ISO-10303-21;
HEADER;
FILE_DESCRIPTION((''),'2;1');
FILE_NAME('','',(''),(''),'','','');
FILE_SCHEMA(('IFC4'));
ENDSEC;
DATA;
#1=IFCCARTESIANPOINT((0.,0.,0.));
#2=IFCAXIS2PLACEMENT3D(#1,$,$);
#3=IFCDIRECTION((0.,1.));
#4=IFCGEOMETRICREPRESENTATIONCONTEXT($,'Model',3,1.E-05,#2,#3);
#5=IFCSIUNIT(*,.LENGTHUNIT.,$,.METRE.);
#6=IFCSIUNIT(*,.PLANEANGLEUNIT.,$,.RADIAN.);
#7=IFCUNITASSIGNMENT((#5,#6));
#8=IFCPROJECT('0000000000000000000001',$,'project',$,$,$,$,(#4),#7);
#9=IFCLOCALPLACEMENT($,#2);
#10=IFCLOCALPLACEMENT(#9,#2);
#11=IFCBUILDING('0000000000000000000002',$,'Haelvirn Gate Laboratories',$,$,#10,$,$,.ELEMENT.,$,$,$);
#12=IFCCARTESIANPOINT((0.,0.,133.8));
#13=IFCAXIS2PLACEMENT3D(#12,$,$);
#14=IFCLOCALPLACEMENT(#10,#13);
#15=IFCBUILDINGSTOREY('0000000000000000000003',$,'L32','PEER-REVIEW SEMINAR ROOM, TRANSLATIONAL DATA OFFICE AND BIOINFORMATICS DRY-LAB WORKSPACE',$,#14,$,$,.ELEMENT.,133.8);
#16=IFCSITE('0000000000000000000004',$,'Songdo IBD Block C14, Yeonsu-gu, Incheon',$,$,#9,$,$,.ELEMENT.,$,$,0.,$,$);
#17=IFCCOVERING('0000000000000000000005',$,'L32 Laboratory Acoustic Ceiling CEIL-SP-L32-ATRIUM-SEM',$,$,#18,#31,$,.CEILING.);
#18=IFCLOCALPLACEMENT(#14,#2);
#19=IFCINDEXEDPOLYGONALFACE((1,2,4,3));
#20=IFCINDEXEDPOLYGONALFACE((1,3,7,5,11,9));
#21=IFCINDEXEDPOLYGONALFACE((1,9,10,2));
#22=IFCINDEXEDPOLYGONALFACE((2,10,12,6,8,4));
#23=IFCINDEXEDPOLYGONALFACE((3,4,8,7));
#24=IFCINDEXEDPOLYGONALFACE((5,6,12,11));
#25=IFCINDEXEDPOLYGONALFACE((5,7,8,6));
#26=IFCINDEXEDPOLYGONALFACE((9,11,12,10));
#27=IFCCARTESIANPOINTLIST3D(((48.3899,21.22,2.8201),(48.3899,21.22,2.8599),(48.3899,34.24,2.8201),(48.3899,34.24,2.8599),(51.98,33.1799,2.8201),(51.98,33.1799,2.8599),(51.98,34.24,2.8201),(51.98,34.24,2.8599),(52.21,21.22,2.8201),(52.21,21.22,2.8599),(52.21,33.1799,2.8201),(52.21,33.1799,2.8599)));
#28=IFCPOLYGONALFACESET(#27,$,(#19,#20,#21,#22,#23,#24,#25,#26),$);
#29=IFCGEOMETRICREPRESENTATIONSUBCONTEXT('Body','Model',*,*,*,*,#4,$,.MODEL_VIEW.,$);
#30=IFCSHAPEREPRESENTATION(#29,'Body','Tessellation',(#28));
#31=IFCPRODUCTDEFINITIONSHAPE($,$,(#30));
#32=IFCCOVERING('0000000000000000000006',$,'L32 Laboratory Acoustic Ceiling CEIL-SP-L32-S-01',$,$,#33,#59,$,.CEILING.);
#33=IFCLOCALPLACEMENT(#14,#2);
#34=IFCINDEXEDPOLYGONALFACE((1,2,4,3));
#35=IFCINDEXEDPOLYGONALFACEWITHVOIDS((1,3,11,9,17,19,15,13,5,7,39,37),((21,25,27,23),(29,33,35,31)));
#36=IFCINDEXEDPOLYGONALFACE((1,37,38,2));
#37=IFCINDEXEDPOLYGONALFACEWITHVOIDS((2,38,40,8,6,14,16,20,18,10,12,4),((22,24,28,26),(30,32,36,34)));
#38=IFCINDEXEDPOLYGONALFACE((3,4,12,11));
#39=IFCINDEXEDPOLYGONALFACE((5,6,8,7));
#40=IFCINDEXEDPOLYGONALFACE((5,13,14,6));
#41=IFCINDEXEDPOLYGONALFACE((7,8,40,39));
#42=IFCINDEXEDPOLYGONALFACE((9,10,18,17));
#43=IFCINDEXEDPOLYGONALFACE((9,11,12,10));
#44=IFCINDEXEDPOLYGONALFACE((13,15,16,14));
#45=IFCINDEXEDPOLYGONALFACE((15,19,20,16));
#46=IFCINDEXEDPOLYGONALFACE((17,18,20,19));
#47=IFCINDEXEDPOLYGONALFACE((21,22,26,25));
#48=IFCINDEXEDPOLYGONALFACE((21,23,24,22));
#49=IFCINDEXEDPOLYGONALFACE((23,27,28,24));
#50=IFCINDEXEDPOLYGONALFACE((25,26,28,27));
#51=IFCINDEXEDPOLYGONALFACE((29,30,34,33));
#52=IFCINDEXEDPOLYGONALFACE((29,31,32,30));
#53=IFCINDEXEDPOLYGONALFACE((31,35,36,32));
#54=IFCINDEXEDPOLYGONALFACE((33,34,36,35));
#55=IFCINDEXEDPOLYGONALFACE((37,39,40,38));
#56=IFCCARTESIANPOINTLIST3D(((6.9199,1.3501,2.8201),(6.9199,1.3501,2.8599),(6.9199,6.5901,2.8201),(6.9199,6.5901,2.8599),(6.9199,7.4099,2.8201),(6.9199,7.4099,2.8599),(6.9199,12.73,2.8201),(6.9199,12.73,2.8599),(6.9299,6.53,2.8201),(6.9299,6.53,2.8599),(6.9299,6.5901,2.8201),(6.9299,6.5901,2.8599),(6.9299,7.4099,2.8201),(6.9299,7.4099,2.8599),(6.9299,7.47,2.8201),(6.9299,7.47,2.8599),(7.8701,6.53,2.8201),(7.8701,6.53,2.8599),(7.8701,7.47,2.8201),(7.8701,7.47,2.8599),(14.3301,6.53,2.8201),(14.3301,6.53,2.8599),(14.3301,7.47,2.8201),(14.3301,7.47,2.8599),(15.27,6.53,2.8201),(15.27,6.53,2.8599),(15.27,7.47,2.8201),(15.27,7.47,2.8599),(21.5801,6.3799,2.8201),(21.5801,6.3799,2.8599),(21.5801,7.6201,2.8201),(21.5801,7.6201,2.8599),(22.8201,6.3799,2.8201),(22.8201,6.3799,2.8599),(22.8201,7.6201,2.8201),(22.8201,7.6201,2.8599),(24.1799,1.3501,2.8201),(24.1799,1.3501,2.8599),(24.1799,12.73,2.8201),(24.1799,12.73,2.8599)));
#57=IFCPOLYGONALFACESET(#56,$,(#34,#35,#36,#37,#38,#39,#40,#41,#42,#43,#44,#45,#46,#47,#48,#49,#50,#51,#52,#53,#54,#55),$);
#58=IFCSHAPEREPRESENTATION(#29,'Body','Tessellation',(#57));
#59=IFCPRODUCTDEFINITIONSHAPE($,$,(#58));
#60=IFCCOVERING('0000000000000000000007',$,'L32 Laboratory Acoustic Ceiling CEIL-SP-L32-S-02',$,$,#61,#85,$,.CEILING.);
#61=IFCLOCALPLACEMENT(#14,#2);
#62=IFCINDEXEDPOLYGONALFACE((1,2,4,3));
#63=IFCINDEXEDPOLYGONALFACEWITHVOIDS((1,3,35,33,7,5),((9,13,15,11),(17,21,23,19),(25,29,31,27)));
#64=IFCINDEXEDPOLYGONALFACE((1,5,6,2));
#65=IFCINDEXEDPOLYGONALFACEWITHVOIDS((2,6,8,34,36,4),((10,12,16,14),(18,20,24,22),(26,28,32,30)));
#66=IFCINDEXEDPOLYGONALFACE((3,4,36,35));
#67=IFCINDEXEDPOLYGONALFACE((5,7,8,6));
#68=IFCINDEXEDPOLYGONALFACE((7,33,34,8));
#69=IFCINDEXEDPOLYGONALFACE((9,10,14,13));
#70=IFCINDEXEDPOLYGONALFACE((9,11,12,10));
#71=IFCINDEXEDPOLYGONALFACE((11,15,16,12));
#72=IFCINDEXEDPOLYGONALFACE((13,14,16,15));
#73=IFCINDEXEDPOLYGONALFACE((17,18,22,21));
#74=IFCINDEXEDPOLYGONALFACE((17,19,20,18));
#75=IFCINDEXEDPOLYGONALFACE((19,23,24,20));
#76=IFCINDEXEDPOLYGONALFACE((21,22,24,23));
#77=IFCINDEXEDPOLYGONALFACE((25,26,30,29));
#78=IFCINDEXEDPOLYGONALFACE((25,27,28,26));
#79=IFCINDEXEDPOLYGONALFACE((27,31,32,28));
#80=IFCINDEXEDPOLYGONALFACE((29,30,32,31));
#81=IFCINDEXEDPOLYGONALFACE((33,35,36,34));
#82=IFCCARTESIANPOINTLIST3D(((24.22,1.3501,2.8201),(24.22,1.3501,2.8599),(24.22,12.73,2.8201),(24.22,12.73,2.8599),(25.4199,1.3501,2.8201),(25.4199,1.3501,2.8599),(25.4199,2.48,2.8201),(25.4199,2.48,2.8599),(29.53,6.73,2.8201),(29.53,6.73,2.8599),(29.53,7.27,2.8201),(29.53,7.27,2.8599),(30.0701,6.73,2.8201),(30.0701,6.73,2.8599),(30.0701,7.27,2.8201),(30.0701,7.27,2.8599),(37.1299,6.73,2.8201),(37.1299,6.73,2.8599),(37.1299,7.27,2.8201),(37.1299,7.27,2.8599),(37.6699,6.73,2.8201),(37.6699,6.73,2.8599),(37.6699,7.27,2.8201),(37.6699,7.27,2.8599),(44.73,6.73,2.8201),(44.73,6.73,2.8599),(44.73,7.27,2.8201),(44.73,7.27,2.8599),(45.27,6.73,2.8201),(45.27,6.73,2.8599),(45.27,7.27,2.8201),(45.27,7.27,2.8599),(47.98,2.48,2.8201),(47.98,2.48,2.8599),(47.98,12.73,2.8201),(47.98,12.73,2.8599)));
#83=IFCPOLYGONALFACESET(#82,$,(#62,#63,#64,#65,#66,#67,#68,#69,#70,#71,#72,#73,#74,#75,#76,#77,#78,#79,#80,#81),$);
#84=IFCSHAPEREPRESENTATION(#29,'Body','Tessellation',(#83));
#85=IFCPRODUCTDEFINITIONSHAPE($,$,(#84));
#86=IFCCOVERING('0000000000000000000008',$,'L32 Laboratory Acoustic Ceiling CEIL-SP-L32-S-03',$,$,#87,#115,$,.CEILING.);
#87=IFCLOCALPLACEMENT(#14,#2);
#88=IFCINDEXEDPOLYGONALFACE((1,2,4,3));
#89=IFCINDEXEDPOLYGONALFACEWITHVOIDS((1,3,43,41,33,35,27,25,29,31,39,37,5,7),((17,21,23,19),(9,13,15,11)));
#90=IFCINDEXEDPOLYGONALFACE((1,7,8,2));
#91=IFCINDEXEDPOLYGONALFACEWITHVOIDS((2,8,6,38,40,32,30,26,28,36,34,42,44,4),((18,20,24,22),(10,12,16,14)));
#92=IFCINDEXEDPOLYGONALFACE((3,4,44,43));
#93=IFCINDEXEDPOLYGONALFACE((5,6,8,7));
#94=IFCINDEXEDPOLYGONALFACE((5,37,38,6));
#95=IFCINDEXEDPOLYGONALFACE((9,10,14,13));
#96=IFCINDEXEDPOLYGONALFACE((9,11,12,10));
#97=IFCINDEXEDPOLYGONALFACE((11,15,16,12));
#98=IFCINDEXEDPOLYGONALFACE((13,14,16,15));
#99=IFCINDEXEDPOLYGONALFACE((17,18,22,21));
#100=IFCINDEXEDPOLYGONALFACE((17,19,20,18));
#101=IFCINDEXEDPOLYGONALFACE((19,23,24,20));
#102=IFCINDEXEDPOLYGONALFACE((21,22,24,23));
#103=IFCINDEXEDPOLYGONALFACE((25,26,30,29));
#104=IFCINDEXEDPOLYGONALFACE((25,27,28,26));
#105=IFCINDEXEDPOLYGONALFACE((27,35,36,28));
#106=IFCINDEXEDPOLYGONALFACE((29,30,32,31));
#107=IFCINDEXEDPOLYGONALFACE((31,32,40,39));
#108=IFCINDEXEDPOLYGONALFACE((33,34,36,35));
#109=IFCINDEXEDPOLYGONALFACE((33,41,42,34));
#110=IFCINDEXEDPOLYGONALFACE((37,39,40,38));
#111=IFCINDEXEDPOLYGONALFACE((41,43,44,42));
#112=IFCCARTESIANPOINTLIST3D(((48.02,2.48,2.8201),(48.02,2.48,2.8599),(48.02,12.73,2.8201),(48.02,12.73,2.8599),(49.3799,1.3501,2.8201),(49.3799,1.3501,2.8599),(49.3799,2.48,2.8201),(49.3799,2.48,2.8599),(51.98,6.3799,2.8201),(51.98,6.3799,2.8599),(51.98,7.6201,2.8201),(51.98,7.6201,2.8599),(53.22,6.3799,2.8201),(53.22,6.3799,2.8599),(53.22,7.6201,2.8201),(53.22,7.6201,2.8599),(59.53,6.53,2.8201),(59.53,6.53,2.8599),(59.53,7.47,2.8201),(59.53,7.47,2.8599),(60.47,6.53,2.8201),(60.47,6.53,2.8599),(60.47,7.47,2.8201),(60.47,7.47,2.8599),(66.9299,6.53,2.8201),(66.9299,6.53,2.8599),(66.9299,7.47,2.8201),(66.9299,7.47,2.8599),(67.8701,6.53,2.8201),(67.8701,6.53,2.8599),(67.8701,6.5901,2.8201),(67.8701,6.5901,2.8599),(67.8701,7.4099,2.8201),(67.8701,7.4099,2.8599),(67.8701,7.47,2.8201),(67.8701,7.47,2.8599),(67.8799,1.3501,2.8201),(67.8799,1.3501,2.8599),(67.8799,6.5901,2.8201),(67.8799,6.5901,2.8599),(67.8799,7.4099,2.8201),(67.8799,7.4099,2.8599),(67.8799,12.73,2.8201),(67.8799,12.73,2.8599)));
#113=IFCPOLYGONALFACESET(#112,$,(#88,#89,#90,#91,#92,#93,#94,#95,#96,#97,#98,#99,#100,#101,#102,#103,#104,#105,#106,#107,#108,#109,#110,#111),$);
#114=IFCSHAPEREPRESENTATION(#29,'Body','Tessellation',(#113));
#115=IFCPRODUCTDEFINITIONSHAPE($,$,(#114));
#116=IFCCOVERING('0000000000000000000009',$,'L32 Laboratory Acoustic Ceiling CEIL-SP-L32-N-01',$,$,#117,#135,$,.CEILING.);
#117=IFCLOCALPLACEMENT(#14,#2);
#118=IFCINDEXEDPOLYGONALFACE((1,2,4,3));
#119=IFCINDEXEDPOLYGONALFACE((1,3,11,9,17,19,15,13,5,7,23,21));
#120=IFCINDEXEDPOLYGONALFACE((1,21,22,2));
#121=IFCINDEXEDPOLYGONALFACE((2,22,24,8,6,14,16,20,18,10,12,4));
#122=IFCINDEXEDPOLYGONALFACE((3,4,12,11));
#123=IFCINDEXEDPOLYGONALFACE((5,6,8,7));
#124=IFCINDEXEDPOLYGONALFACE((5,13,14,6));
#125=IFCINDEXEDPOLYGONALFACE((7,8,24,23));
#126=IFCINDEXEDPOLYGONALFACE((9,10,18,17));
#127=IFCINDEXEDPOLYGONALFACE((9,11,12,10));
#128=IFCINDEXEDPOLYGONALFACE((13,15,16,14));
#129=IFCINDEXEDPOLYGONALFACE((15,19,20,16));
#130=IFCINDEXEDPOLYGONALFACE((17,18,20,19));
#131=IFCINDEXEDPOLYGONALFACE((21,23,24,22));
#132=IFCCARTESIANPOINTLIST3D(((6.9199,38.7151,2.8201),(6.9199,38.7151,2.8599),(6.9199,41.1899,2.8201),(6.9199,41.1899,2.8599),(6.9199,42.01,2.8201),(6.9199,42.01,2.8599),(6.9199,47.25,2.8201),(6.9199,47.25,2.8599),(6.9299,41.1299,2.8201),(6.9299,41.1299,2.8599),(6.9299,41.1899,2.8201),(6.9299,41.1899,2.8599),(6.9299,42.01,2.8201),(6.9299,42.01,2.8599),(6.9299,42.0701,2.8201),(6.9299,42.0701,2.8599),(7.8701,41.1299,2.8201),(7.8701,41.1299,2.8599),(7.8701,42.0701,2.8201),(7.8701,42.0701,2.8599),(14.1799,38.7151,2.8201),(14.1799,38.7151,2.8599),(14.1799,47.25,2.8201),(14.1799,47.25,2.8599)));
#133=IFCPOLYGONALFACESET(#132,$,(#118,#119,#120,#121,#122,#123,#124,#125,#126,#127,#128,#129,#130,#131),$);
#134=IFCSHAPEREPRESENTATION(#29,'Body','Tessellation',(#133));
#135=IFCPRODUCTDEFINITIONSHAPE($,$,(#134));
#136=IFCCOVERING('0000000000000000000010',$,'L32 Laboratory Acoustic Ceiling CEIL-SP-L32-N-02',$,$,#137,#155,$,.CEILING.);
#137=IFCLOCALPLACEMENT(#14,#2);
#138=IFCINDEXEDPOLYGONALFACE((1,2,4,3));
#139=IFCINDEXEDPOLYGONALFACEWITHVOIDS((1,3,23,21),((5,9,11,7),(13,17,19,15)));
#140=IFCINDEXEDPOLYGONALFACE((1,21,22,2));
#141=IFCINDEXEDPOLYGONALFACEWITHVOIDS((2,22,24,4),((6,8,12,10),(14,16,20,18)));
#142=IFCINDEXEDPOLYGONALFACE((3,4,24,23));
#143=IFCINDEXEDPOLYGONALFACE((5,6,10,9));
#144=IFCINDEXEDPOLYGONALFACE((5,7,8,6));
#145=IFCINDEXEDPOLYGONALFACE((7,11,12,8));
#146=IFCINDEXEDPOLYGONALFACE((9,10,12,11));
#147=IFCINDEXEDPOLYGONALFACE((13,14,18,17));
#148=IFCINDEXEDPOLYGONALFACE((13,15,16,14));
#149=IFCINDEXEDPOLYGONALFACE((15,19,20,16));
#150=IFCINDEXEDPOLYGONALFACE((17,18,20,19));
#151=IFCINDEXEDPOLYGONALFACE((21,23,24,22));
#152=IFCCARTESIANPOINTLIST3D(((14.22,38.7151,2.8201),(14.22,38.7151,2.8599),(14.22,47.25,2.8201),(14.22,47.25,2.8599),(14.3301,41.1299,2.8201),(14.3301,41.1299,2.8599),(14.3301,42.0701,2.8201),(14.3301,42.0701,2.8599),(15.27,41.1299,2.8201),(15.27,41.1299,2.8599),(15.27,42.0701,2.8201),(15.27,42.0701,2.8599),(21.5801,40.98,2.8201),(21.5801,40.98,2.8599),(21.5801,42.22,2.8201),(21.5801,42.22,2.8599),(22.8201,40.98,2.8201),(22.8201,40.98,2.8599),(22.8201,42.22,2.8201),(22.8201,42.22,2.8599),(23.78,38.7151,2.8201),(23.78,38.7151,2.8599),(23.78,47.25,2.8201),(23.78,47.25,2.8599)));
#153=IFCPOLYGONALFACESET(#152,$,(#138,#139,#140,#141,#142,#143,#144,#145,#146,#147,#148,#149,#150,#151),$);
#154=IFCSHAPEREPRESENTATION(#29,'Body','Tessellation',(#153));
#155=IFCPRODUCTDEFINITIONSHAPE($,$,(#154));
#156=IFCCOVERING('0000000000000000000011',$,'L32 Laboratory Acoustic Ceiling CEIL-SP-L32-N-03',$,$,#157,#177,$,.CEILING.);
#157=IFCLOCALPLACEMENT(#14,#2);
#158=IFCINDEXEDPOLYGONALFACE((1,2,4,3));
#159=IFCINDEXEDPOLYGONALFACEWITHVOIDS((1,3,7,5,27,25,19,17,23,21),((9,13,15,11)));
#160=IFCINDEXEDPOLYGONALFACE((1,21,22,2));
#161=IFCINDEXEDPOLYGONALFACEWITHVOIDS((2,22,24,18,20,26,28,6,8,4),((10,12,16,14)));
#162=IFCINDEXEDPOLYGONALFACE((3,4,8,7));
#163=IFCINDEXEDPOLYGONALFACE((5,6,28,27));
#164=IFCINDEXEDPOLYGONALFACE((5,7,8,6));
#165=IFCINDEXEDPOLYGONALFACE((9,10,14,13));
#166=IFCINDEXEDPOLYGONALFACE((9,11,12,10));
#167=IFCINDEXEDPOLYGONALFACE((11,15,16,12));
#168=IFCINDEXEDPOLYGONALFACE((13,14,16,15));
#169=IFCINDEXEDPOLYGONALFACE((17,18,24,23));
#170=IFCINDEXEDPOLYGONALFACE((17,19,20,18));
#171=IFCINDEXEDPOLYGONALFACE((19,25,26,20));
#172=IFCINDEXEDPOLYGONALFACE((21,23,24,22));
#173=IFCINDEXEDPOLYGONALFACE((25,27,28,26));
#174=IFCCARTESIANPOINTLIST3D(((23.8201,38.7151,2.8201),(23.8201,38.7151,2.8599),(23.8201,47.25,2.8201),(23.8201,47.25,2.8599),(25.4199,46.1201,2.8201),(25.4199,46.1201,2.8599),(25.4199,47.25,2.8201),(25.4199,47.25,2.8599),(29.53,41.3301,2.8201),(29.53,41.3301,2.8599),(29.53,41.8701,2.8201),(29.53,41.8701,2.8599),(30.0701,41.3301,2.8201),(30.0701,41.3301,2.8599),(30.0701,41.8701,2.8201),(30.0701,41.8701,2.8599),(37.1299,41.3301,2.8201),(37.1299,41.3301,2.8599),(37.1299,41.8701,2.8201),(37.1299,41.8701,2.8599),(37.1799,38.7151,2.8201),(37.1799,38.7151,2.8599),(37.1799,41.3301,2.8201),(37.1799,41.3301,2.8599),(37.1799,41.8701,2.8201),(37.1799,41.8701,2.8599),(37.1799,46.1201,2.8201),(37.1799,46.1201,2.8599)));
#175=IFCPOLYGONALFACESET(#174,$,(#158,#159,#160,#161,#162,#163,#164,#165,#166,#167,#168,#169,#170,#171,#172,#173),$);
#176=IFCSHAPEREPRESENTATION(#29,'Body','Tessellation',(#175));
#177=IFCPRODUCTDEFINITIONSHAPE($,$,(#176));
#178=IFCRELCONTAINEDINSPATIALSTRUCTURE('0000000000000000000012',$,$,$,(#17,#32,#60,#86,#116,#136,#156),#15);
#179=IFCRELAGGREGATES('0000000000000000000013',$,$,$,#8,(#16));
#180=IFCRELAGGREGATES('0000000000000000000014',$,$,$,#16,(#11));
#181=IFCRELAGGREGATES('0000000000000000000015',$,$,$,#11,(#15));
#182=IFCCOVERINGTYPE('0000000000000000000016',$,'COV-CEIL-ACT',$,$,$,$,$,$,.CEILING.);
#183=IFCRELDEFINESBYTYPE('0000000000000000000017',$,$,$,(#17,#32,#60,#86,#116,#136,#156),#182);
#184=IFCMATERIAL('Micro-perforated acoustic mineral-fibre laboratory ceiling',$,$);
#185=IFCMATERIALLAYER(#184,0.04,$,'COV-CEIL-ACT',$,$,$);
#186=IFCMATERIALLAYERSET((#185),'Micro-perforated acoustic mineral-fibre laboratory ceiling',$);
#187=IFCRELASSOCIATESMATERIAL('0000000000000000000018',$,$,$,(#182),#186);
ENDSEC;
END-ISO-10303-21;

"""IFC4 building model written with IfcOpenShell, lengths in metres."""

from ifc_helpers import new_model, si_unit, direction, frame, origin, place, context, subcontext, project, spatial, polyline, outline, extrude, material, layer, layer_set, type_object, element, save


model = new_model("IFC4")

# Units and contexts
model_context = context("Model", 3, precision=1e-05, world=origin(), true_north=direction((0.0, 1.0)))
body_context = subcontext(model_context, "Body", "Model", "MODEL_VIEW")
ifc_project = project(units=[si_unit("LENGTHUNIT", "METRE"), si_unit("PLANEANGLEUNIT", "RADIAN")], contexts=[model_context])

# Site, building, storey
site_placement = place(None, origin())
site = spatial("IfcSite", under=ifc_project, at=site_placement, Name="Songdo IBD Block C14, Yeonsu-gu, Incheon", CompositionType="ELEMENT", RefElevation=0.0)
building_placement = place(site_placement, origin())
building = spatial("IfcBuilding", under=site, at=building_placement, Name="Haelvirn Gate Laboratories", CompositionType="ELEMENT")
storey_placement = place(building_placement, frame((0.0, 0.0, 133.8)))
storey = spatial("IfcBuildingStorey", under=building, at=storey_placement, Name="L32", Description="PEER-REVIEW SEMINAR ROOM, TRANSLATIONAL DATA OFFICE AND BIOINFORMATICS DRY-LAB WORKSPACE", CompositionType="ELEMENT", Elevation=133.8)

# Coverings
ifc_material_1 = material(Name="Micro-perforated acoustic mineral-fibre laboratory ceiling")
ifc_layer_1 = layer(ifc_material_1, 0.04, Name="COV-CEIL-ACT")
ifc_layer_set_1 = layer_set([ifc_layer_1], Name="Micro-perforated acoustic mineral-fibre laboratory ceiling")
covering_type = type_object("IfcCoveringType", Name="COV-CEIL-ACT", PredefinedType="CEILING", material=ifc_layer_set_1)
covering_1_placement = place(storey_placement, frame((0.0, 0.0, 2.8201)))
element("IfcCovering", 1, at=covering_1_placement, inside=storey, type_object=covering_type, Name="L32 Laboratory Acoustic Ceiling CEIL-SP-L32-ATRIUM-SEM", PredefinedType="CEILING", context=body_context, shape_type="SweptSolid", body=[
    extrude(outline(polyline([(52.21, 21.22), (48.3899, 21.22), (48.3899, 34.24), (51.98, 34.24), (51.98, 33.1799), (52.21, 33.1799), (52.21, 21.22)])), origin(), (0.0, 0.0, 1.0), 0.0398),
])
covering_2_placement = place(storey_placement, frame((0.0, 0.0, 2.8201)))
element("IfcCovering", 2, at=covering_2_placement, inside=storey, type_object=covering_type, Name="L32 Laboratory Acoustic Ceiling CEIL-SP-L32-S-01", PredefinedType="CEILING", context=body_context, shape_type="SweptSolid", body=[
    extrude(outline(polyline([(6.9199, 7.4099), (6.9199, 12.73), (24.1799, 12.73), (24.1799, 1.3501), (6.9199, 1.3501), (6.9199, 6.5901), (6.9299, 6.5901), (6.9299, 6.53), (7.8701, 6.53), (7.8701, 7.47), (6.9299, 7.47), (6.9299, 7.4099), (6.9199, 7.4099)]), holes=[polyline([(14.3301, 6.53), (15.27, 6.53), (15.27, 7.47), (14.3301, 7.47), (14.3301, 6.53)]), polyline([(21.5801, 7.6201), (21.5801, 6.3799), (22.8201, 6.3799), (22.8201, 7.6201), (21.5801, 7.6201)])]), origin(), (0.0, 0.0, 1.0), 0.0398),
])
covering_3_placement = place(storey_placement, frame((0.0, 0.0, 2.8201)))
element("IfcCovering", 3, at=covering_3_placement, inside=storey, type_object=covering_type, Name="L32 Laboratory Acoustic Ceiling CEIL-SP-L32-S-02", PredefinedType="CEILING", context=body_context, shape_type="SweptSolid", body=[
    extrude(outline(polyline([(24.22, 12.73), (47.98, 12.73), (47.98, 2.48), (25.4199, 2.48), (25.4199, 1.3501), (24.22, 1.3501), (24.22, 12.73)]), holes=[polyline([(29.53, 6.73), (30.0701, 6.73), (30.0701, 7.27), (29.53, 7.27), (29.53, 6.73)]), polyline([(37.1299, 7.27), (37.1299, 6.73), (37.6699, 6.73), (37.6699, 7.27), (37.1299, 7.27)]), polyline([(45.27, 7.27), (44.73, 7.27), (44.73, 6.73), (45.27, 6.73), (45.27, 7.27)])]), origin(), (0.0, 0.0, 1.0), 0.0398),
])
covering_4_placement = place(storey_placement, frame((0.0, 0.0, 2.8201)))
element("IfcCovering", 4, at=covering_4_placement, inside=storey, type_object=covering_type, Name="L32 Laboratory Acoustic Ceiling CEIL-SP-L32-S-03", PredefinedType="CEILING", context=body_context, shape_type="SweptSolid", body=[
    extrude(outline(polyline([(67.8799, 12.73), (67.8799, 7.4099), (67.8701, 7.4099), (67.8701, 7.47), (66.9299, 7.47), (66.9299, 6.53), (67.8701, 6.53), (67.8701, 6.5901), (67.8799, 6.5901), (67.8799, 1.3501), (49.3799, 1.3501), (49.3799, 2.48), (48.02, 2.48), (48.02, 12.73), (67.8799, 12.73)]), holes=[polyline([(51.98, 6.3799), (53.22, 6.3799), (53.22, 7.6201), (51.98, 7.6201), (51.98, 6.3799)]), polyline([(59.53, 7.47), (59.53, 6.53), (60.47, 6.53), (60.47, 7.47), (59.53, 7.47)])]), origin(), (0.0, 0.0, 1.0), 0.0398),
])
covering_5_placement = place(storey_placement, frame((0.0, 0.0, 2.8201)))
element("IfcCovering", 5, at=covering_5_placement, inside=storey, type_object=covering_type, Name="L32 Laboratory Acoustic Ceiling CEIL-SP-L32-N-01", PredefinedType="CEILING", context=body_context, shape_type="SweptSolid", body=[
    extrude(outline(polyline([(6.9199, 42.01), (6.9199, 47.25), (14.1799, 47.25), (14.1799, 38.7151), (6.9199, 38.7151), (6.9199, 41.1899), (6.9299, 41.1899), (6.9299, 41.1299), (7.8701, 41.1299), (7.8701, 42.0701), (6.9299, 42.0701), (6.9299, 42.01), (6.9199, 42.01)])), origin(), (0.0, 0.0, 1.0), 0.0398),
])
covering_6_placement = place(storey_placement, frame((0.0, 0.0, 2.8201)))
element("IfcCovering", 6, at=covering_6_placement, inside=storey, type_object=covering_type, Name="L32 Laboratory Acoustic Ceiling CEIL-SP-L32-N-02", PredefinedType="CEILING", context=body_context, shape_type="SweptSolid", body=[
    extrude(outline(polyline([(14.22, 47.25), (23.78, 47.25), (23.78, 38.7151), (14.22, 38.7151), (14.22, 47.25)]), holes=[polyline([(14.3301, 42.0701), (14.3301, 41.1299), (15.27, 41.1299), (15.27, 42.0701), (14.3301, 42.0701)]), polyline([(22.8201, 42.22), (21.5801, 42.22), (21.5801, 40.98), (22.8201, 40.98), (22.8201, 42.22)])]), origin(), (0.0, 0.0, 1.0), 0.0398),
])
covering_7_placement = place(storey_placement, frame((0.0, 0.0, 2.8201)))
element("IfcCovering", 7, at=covering_7_placement, inside=storey, type_object=covering_type, Name="L32 Laboratory Acoustic Ceiling CEIL-SP-L32-N-03", PredefinedType="CEILING", context=body_context, shape_type="SweptSolid", body=[
    extrude(outline(polyline([(25.4199, 46.1201), (37.1799, 46.1201), (37.1799, 41.8701), (37.1299, 41.8701), (37.1299, 41.3301), (37.1799, 41.3301), (37.1799, 38.7151), (23.8201, 38.7151), (23.8201, 47.25), (25.4199, 47.25), (25.4199, 46.1201)]), holes=[polyline([(29.53, 41.8701), (29.53, 41.3301), (30.0701, 41.3301), (30.0701, 41.8701), (29.53, 41.8701)])]), origin(), (0.0, 0.0, 1.0), 0.0398),
])

save(model, "model.ifc")
